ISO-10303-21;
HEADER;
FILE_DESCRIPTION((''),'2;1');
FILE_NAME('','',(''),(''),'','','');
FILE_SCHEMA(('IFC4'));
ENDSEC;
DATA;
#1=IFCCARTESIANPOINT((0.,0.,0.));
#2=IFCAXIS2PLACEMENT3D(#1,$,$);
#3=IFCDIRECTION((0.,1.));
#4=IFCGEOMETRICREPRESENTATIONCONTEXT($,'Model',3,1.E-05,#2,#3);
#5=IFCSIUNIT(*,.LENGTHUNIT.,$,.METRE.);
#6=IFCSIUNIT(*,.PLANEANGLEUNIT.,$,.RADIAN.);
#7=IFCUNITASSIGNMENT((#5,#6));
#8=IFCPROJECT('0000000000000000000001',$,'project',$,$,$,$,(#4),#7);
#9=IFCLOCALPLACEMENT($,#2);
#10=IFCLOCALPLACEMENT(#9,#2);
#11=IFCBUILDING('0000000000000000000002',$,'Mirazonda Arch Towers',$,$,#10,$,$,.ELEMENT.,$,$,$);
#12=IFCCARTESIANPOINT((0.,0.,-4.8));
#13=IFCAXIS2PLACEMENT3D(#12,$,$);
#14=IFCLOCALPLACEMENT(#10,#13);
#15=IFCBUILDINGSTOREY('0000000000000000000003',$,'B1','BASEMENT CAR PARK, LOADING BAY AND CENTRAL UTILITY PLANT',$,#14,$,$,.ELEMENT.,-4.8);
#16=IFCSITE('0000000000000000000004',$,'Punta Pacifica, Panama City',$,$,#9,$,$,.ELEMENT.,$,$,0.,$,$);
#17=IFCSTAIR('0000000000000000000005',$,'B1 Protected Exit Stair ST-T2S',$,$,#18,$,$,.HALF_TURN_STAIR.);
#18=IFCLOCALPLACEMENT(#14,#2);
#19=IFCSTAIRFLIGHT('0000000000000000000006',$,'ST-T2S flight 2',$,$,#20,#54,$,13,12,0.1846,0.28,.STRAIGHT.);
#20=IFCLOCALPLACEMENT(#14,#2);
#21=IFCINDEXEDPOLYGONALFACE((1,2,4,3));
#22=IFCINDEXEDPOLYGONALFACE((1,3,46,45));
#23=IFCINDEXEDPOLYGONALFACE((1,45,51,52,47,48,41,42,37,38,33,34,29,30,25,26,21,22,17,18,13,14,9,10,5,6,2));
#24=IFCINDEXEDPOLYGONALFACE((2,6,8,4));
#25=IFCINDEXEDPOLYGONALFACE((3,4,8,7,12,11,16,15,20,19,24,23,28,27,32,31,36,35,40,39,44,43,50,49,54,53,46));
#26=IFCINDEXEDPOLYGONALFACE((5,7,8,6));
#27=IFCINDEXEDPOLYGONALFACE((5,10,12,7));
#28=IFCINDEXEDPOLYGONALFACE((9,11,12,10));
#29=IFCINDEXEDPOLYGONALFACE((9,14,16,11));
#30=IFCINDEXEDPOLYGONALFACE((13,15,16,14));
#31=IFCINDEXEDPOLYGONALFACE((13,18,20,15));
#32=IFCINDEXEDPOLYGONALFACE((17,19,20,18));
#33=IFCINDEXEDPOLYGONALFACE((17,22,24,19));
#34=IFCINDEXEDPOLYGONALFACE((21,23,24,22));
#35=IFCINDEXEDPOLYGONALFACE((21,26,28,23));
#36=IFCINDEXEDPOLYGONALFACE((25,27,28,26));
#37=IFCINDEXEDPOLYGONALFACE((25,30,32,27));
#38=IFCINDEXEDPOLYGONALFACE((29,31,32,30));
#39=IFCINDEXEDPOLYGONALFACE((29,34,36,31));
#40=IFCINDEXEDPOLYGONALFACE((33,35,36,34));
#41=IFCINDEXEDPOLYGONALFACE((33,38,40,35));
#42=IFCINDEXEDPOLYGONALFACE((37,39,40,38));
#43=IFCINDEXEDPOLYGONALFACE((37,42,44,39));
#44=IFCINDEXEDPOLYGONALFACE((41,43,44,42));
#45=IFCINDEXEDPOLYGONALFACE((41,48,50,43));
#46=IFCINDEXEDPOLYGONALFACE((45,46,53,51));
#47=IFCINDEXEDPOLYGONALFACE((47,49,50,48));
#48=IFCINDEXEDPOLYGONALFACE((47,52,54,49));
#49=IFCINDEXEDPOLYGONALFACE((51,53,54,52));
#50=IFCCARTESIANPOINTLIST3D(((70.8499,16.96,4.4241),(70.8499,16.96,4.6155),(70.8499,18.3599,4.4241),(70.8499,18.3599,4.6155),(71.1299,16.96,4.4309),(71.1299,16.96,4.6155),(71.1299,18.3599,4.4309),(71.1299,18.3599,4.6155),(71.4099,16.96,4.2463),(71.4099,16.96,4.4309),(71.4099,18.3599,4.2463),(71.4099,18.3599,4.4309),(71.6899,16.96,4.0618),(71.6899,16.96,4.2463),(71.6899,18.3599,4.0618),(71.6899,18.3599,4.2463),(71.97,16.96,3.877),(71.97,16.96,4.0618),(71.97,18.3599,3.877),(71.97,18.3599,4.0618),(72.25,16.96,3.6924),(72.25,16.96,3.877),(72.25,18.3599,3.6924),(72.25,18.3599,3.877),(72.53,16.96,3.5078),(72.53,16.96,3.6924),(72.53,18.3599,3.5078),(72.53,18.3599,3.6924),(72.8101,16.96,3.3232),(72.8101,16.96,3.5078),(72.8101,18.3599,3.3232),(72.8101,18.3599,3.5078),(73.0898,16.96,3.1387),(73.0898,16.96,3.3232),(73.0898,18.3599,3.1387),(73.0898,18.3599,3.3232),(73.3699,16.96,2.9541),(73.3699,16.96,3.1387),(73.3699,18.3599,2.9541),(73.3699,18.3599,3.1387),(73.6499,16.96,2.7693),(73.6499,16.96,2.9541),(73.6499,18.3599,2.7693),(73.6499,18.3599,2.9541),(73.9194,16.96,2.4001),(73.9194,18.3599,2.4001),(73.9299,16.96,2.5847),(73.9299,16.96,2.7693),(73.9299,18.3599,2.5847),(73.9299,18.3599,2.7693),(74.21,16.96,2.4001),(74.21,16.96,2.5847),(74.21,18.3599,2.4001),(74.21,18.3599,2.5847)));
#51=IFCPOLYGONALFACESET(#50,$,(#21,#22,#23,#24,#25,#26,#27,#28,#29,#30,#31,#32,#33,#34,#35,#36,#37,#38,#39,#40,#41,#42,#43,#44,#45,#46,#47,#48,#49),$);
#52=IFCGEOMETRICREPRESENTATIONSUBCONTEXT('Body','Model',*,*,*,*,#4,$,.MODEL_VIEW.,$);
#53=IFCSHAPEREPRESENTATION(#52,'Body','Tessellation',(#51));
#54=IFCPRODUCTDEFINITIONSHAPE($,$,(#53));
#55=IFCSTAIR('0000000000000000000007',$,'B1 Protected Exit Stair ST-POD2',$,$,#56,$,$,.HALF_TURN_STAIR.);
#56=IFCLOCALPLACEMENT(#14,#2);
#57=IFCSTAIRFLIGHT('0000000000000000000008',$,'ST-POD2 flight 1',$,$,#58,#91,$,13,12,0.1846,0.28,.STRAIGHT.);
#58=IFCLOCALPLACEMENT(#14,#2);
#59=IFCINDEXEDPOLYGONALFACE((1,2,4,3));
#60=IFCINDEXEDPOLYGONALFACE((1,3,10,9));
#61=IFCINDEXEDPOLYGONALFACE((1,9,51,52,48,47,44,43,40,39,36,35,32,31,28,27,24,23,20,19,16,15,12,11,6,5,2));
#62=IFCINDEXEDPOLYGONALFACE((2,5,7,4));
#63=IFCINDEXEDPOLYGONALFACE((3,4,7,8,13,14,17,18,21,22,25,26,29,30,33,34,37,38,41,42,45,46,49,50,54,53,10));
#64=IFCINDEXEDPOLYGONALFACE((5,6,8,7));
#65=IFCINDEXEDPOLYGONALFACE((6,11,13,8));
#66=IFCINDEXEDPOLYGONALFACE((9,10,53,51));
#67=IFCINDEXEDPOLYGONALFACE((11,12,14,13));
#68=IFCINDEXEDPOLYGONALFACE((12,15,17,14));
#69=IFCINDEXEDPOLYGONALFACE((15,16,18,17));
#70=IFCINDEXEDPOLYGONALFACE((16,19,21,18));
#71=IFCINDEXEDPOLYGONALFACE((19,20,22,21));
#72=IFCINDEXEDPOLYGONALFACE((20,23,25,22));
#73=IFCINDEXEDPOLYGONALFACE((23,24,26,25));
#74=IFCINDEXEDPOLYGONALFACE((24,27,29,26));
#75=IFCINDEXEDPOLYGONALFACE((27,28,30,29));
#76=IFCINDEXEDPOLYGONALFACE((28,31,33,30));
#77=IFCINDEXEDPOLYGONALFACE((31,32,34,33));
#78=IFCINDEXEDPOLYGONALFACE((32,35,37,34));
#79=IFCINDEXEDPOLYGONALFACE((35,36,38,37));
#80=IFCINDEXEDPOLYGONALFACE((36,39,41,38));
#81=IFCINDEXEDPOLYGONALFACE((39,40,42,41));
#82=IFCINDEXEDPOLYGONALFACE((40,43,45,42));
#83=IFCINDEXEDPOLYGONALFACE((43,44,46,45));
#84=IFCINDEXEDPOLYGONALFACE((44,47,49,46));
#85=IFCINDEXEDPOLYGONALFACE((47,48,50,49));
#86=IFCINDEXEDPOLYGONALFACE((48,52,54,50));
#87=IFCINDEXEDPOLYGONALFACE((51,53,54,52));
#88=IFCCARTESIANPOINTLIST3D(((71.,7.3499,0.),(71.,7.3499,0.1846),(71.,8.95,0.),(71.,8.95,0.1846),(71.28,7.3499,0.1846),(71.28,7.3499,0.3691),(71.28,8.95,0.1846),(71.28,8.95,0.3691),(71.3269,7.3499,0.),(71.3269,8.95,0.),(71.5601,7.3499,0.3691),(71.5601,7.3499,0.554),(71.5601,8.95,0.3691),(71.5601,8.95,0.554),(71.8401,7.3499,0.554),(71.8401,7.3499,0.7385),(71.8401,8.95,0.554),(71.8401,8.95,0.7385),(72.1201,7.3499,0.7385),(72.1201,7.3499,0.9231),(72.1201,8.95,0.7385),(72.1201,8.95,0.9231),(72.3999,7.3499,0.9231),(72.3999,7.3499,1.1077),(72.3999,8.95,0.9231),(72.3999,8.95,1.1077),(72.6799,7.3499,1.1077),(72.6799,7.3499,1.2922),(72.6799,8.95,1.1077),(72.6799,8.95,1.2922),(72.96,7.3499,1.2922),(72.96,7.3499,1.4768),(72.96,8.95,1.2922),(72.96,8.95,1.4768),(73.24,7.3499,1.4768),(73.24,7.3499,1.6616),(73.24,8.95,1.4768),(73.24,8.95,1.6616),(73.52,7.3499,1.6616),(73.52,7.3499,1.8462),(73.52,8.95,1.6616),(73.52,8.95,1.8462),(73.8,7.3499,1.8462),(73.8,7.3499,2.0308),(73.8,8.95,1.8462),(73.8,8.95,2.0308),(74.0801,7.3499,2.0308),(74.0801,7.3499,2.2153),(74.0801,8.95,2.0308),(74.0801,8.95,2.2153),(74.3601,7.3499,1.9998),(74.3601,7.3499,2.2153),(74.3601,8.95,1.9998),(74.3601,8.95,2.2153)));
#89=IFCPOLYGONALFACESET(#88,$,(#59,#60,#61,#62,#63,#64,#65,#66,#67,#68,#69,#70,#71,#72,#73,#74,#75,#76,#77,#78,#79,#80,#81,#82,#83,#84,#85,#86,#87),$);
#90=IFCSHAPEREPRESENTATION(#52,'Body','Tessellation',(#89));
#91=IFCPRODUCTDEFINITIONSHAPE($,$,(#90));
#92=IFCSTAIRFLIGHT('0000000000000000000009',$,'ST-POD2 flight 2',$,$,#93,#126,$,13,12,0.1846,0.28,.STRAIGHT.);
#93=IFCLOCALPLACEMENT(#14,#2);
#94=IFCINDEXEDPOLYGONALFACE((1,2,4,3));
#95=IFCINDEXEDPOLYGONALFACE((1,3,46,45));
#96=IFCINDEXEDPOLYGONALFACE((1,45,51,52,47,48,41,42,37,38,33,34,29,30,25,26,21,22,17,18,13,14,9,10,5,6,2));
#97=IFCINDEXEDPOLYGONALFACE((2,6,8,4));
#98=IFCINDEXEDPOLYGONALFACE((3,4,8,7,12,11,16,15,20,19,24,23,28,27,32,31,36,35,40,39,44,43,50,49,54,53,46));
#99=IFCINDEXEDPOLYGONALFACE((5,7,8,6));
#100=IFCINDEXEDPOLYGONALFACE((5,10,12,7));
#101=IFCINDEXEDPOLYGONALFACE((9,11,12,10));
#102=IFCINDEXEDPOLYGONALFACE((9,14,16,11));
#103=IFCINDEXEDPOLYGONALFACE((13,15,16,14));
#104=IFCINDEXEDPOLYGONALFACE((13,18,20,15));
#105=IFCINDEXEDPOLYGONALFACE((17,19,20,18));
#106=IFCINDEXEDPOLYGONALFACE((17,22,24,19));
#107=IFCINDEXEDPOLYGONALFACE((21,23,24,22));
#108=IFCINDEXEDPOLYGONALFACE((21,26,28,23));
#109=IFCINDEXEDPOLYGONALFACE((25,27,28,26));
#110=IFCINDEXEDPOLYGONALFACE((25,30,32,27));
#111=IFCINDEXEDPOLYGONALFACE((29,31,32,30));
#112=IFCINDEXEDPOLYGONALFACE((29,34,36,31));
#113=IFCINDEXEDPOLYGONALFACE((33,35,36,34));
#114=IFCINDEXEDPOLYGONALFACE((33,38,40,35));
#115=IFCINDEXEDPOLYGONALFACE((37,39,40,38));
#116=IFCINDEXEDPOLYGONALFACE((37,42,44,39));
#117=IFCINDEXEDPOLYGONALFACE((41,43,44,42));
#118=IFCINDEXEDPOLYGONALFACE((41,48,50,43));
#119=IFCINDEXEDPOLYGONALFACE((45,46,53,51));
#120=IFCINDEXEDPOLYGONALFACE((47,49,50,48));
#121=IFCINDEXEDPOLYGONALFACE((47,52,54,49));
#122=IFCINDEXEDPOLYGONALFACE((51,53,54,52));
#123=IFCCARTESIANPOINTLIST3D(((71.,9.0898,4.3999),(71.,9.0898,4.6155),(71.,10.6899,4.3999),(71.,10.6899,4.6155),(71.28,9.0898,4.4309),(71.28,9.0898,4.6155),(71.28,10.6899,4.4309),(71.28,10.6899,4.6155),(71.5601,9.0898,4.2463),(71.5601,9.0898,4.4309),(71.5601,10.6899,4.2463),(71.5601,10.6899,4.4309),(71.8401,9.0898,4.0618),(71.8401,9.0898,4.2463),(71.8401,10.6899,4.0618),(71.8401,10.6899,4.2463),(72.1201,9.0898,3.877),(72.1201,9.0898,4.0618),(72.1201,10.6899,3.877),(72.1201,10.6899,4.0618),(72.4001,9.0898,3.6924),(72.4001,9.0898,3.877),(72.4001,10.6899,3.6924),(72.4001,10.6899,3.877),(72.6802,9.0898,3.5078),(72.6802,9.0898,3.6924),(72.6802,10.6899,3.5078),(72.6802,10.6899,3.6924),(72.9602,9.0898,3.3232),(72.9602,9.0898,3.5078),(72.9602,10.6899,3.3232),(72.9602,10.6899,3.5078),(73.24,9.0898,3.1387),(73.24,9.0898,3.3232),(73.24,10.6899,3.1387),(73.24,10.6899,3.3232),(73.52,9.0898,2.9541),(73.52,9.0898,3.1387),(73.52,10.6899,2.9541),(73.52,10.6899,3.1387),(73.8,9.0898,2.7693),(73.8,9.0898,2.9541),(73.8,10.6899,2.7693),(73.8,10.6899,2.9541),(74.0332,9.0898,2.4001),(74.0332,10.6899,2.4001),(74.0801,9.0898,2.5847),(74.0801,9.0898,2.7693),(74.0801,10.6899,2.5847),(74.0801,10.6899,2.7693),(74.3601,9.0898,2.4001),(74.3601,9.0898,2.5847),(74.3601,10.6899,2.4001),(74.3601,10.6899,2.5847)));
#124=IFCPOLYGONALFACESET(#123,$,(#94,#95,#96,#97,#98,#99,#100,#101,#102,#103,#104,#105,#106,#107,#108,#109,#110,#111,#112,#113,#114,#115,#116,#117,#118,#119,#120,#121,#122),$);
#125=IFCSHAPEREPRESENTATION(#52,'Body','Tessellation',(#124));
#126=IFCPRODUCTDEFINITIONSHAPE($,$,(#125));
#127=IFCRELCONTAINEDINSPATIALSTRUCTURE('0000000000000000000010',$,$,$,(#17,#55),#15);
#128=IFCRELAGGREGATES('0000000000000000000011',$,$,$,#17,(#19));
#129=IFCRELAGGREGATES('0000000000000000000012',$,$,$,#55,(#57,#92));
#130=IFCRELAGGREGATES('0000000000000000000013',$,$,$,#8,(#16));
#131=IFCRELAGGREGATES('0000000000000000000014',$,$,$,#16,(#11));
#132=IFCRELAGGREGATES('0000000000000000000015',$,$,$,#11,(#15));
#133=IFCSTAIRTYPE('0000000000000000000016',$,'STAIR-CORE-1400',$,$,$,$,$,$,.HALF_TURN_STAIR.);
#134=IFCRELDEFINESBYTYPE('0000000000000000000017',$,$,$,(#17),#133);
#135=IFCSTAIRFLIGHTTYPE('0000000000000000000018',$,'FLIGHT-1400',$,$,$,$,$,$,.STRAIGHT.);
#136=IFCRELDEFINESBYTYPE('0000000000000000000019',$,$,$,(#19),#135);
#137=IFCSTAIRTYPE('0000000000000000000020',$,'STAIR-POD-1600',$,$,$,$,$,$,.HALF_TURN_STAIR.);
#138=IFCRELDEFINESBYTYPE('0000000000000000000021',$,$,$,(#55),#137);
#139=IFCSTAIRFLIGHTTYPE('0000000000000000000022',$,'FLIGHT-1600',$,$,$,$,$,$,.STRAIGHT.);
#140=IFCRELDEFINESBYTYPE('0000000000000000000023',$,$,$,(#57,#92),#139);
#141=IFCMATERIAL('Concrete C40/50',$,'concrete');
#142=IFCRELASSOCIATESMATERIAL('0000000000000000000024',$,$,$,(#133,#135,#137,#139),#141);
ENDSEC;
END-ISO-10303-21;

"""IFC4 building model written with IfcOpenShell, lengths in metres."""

from ifc_helpers import new_model, si_unit, direction, frame, origin, place, context, subcontext, project, spatial, polyline, outline, extrude, material, type_object, element, aggregate, save


model = new_model("IFC4")

# Units and contexts
model_context = context("Model", 3, precision=1e-05, world=origin(), true_north=direction((0.0, 1.0)))
body_context = subcontext(model_context, "Body", "Model", "MODEL_VIEW")
ifc_project = project(units=[si_unit("LENGTHUNIT", "METRE"), si_unit("PLANEANGLEUNIT", "RADIAN")], contexts=[model_context])

# Site, building, storey
site_placement = place(None, origin())
site = spatial("IfcSite", under=ifc_project, at=site_placement, Name="Punta Pacifica, Panama City", CompositionType="ELEMENT", RefElevation=0.0)
building_placement = place(site_placement, origin())
building = spatial("IfcBuilding", under=site, at=building_placement, Name="Mirazonda Arch Towers", CompositionType="ELEMENT")
storey_placement = place(building_placement, frame((0.0, 0.0, -4.8)))
storey = spatial("IfcBuildingStorey", under=building, at=storey_placement, Name="B1", Description="BASEMENT CAR PARK, LOADING BAY AND CENTRAL UTILITY PLANT", CompositionType="ELEMENT", Elevation=-4.8)

# Shared definitions
ifc_material_1 = material(Name="Concrete C40/50", Category="concrete")

# Stairs, stair flights
stair_type_1 = type_object("IfcStairType", Name="STAIR-CORE-1400", PredefinedType="HALF_TURN_STAIR", material=ifc_material_1)
stair_1_placement = place(storey_placement, origin())
stair_1 = element("IfcStair", 1, at=stair_1_placement, inside=storey, type_object=stair_type_1, Name="B1 Protected Exit Stair ST-T2S", PredefinedType="HALF_TURN_STAIR")
stair_flight_type_1 = type_object("IfcStairFlightType", Name="FLIGHT-1400", PredefinedType="STRAIGHT", material=ifc_material_1)
stair_flight_1_placement = place(storey_placement, frame((74.21, 17.6599, 2.4001), z_axis=(0.0, 0.0, 1.0), x_axis=(-1.0, 0.0, 0.0)))
stair_flight_1 = element("IfcStairFlight", 2, at=stair_flight_1_placement, type_object=stair_flight_type_1, Name="ST-T2S flight 2", NumberOfRisers=13, NumberOfTreads=12, PredefinedType="STRAIGHT", RiserHeight=0.1846, TreadLength=0.28, context=body_context, shape_type="SweptSolid", body=[
    extrude(outline(polyline([(0.0, 0.0), (0.0, 0.1846), (0.28, 0.1846), (0.28, 0.3691), (0.5601, 0.3691), (0.5601, 0.554), (0.8401, 0.554), (0.8401, 0.7385), (1.1201, 0.7385), (1.1201, 0.9231), (1.3999, 0.9231), (1.3999, 1.1077), (1.6799, 1.1077), (1.6799, 1.2922), (1.96, 1.2922), (1.96, 1.4768), (2.24, 1.4768), (2.24, 1.6616), (2.52, 1.6616), (2.52, 1.8462), (2.8, 1.8462), (2.8, 2.0308), (3.0801, 2.0308), (3.0801, 2.2153), (3.3601, 2.2153), (3.3601, 2.3999), (3.3601, 2.0239), (0.2905, 0.0), (0.0, 0.0)])), frame((0.0, 0.7, 0.0), z_axis=(0.0, -1.0, 0.0), x_axis=(1.0, 0.0, 0.0)), (0.0, 0.0, 1.0), 1.3999),
])
aggregate(stair_1, [stair_flight_1])
stair_type_2 = type_object("IfcStairType", Name="STAIR-POD-1600", PredefinedType="HALF_TURN_STAIR", material=ifc_material_1)
stair_2_placement = place(storey_placement, origin())
stair_2 = element("IfcStair", 3, at=stair_2_placement, inside=storey, type_object=stair_type_2, Name="B1 Protected Exit Stair ST-POD2", PredefinedType="HALF_TURN_STAIR")
stair_flight_type_2 = type_object("IfcStairFlightType", Name="FLIGHT-1600", PredefinedType="STRAIGHT", material=ifc_material_1)
stair_flight_2_placement = place(storey_placement, frame((71.0, 8.1499, 0.0), z_axis=(0.0, 0.0, 1.0), x_axis=(1.0, 0.0, 0.0)))
stair_flight_2 = element("IfcStairFlight", 4, at=stair_flight_2_placement, type_object=stair_flight_type_2, Name="ST-POD2 flight 1", NumberOfRisers=13, NumberOfTreads=12, PredefinedType="STRAIGHT", RiserHeight=0.1846, TreadLength=0.28, context=body_context, shape_type="SweptSolid", body=[
    extrude(outline(polyline([(0.0, 0.0), (0.0, 0.1846), (0.28, 0.1846), (0.28, 0.3691), (0.5601, 0.3691), (0.5601, 0.554), (0.8401, 0.554), (0.8401, 0.7385), (1.1201, 0.7385), (1.1201, 0.9231), (1.3999, 0.9231), (1.3999, 1.1077), (1.6799, 1.1077), (1.6799, 1.2922), (1.96, 1.2922), (1.96, 1.4768), (2.24, 1.4768), (2.24, 1.6616), (2.52, 1.6616), (2.52, 1.8462), (2.8, 1.8462), (2.8, 2.0308), (3.0801, 2.0308), (3.0801, 2.2153), (3.3601, 2.2153), (3.3601, 2.3999), (3.3601, 1.9998), (0.3269, 0.0), (0.0, 0.0)])), frame((0.0, 0.8, 0.0), z_axis=(0.0, -1.0, 0.0), x_axis=(1.0, 0.0, 0.0)), (0.0, 0.0, 1.0), 1.6001),
])
stair_flight_3_placement = place(storey_placement, frame((74.3601, 9.8899, 2.4001), z_axis=(0.0, 0.0, 1.0), x_axis=(-1.0, 0.0, 0.0)))
stair_flight_3 = element("IfcStairFlight", 5, at=stair_flight_3_placement, type_object=stair_flight_type_2, Name="ST-POD2 flight 2", NumberOfRisers=13, NumberOfTreads=12, PredefinedType="STRAIGHT", RiserHeight=0.1846, TreadLength=0.28, context=body_context, shape_type="SweptSolid", body=[
    extrude(outline(polyline([(0.0, 0.0), (0.0, 0.1846), (0.28, 0.1846), (0.28, 0.3691), (0.5601, 0.3691), (0.5601, 0.554), (0.8401, 0.554), (0.8401, 0.7385), (1.1201, 0.7385), (1.1201, 0.9231), (1.3999, 0.9231), (1.3999, 1.1077), (1.6799, 1.1077), (1.6799, 1.2922), (1.96, 1.2922), (1.96, 1.4768), (2.24, 1.4768), (2.24, 1.6616), (2.52, 1.6616), (2.52, 1.8462), (2.8, 1.8462), (2.8, 2.0308), (3.0801, 2.0308), (3.0801, 2.2153), (3.3601, 2.2153), (3.3601, 2.3999), (3.3601, 1.9998), (0.3269, 0.0), (0.0, 0.0)])), frame((0.0, 0.8, 0.0), z_axis=(0.0, -1.0, 0.0), x_axis=(1.0, 0.0, 0.0)), (0.0, 0.0, 1.0), 1.6001),
])
aggregate(stair_2, [stair_flight_2, stair_flight_3])

save(model, "model.ifc")
